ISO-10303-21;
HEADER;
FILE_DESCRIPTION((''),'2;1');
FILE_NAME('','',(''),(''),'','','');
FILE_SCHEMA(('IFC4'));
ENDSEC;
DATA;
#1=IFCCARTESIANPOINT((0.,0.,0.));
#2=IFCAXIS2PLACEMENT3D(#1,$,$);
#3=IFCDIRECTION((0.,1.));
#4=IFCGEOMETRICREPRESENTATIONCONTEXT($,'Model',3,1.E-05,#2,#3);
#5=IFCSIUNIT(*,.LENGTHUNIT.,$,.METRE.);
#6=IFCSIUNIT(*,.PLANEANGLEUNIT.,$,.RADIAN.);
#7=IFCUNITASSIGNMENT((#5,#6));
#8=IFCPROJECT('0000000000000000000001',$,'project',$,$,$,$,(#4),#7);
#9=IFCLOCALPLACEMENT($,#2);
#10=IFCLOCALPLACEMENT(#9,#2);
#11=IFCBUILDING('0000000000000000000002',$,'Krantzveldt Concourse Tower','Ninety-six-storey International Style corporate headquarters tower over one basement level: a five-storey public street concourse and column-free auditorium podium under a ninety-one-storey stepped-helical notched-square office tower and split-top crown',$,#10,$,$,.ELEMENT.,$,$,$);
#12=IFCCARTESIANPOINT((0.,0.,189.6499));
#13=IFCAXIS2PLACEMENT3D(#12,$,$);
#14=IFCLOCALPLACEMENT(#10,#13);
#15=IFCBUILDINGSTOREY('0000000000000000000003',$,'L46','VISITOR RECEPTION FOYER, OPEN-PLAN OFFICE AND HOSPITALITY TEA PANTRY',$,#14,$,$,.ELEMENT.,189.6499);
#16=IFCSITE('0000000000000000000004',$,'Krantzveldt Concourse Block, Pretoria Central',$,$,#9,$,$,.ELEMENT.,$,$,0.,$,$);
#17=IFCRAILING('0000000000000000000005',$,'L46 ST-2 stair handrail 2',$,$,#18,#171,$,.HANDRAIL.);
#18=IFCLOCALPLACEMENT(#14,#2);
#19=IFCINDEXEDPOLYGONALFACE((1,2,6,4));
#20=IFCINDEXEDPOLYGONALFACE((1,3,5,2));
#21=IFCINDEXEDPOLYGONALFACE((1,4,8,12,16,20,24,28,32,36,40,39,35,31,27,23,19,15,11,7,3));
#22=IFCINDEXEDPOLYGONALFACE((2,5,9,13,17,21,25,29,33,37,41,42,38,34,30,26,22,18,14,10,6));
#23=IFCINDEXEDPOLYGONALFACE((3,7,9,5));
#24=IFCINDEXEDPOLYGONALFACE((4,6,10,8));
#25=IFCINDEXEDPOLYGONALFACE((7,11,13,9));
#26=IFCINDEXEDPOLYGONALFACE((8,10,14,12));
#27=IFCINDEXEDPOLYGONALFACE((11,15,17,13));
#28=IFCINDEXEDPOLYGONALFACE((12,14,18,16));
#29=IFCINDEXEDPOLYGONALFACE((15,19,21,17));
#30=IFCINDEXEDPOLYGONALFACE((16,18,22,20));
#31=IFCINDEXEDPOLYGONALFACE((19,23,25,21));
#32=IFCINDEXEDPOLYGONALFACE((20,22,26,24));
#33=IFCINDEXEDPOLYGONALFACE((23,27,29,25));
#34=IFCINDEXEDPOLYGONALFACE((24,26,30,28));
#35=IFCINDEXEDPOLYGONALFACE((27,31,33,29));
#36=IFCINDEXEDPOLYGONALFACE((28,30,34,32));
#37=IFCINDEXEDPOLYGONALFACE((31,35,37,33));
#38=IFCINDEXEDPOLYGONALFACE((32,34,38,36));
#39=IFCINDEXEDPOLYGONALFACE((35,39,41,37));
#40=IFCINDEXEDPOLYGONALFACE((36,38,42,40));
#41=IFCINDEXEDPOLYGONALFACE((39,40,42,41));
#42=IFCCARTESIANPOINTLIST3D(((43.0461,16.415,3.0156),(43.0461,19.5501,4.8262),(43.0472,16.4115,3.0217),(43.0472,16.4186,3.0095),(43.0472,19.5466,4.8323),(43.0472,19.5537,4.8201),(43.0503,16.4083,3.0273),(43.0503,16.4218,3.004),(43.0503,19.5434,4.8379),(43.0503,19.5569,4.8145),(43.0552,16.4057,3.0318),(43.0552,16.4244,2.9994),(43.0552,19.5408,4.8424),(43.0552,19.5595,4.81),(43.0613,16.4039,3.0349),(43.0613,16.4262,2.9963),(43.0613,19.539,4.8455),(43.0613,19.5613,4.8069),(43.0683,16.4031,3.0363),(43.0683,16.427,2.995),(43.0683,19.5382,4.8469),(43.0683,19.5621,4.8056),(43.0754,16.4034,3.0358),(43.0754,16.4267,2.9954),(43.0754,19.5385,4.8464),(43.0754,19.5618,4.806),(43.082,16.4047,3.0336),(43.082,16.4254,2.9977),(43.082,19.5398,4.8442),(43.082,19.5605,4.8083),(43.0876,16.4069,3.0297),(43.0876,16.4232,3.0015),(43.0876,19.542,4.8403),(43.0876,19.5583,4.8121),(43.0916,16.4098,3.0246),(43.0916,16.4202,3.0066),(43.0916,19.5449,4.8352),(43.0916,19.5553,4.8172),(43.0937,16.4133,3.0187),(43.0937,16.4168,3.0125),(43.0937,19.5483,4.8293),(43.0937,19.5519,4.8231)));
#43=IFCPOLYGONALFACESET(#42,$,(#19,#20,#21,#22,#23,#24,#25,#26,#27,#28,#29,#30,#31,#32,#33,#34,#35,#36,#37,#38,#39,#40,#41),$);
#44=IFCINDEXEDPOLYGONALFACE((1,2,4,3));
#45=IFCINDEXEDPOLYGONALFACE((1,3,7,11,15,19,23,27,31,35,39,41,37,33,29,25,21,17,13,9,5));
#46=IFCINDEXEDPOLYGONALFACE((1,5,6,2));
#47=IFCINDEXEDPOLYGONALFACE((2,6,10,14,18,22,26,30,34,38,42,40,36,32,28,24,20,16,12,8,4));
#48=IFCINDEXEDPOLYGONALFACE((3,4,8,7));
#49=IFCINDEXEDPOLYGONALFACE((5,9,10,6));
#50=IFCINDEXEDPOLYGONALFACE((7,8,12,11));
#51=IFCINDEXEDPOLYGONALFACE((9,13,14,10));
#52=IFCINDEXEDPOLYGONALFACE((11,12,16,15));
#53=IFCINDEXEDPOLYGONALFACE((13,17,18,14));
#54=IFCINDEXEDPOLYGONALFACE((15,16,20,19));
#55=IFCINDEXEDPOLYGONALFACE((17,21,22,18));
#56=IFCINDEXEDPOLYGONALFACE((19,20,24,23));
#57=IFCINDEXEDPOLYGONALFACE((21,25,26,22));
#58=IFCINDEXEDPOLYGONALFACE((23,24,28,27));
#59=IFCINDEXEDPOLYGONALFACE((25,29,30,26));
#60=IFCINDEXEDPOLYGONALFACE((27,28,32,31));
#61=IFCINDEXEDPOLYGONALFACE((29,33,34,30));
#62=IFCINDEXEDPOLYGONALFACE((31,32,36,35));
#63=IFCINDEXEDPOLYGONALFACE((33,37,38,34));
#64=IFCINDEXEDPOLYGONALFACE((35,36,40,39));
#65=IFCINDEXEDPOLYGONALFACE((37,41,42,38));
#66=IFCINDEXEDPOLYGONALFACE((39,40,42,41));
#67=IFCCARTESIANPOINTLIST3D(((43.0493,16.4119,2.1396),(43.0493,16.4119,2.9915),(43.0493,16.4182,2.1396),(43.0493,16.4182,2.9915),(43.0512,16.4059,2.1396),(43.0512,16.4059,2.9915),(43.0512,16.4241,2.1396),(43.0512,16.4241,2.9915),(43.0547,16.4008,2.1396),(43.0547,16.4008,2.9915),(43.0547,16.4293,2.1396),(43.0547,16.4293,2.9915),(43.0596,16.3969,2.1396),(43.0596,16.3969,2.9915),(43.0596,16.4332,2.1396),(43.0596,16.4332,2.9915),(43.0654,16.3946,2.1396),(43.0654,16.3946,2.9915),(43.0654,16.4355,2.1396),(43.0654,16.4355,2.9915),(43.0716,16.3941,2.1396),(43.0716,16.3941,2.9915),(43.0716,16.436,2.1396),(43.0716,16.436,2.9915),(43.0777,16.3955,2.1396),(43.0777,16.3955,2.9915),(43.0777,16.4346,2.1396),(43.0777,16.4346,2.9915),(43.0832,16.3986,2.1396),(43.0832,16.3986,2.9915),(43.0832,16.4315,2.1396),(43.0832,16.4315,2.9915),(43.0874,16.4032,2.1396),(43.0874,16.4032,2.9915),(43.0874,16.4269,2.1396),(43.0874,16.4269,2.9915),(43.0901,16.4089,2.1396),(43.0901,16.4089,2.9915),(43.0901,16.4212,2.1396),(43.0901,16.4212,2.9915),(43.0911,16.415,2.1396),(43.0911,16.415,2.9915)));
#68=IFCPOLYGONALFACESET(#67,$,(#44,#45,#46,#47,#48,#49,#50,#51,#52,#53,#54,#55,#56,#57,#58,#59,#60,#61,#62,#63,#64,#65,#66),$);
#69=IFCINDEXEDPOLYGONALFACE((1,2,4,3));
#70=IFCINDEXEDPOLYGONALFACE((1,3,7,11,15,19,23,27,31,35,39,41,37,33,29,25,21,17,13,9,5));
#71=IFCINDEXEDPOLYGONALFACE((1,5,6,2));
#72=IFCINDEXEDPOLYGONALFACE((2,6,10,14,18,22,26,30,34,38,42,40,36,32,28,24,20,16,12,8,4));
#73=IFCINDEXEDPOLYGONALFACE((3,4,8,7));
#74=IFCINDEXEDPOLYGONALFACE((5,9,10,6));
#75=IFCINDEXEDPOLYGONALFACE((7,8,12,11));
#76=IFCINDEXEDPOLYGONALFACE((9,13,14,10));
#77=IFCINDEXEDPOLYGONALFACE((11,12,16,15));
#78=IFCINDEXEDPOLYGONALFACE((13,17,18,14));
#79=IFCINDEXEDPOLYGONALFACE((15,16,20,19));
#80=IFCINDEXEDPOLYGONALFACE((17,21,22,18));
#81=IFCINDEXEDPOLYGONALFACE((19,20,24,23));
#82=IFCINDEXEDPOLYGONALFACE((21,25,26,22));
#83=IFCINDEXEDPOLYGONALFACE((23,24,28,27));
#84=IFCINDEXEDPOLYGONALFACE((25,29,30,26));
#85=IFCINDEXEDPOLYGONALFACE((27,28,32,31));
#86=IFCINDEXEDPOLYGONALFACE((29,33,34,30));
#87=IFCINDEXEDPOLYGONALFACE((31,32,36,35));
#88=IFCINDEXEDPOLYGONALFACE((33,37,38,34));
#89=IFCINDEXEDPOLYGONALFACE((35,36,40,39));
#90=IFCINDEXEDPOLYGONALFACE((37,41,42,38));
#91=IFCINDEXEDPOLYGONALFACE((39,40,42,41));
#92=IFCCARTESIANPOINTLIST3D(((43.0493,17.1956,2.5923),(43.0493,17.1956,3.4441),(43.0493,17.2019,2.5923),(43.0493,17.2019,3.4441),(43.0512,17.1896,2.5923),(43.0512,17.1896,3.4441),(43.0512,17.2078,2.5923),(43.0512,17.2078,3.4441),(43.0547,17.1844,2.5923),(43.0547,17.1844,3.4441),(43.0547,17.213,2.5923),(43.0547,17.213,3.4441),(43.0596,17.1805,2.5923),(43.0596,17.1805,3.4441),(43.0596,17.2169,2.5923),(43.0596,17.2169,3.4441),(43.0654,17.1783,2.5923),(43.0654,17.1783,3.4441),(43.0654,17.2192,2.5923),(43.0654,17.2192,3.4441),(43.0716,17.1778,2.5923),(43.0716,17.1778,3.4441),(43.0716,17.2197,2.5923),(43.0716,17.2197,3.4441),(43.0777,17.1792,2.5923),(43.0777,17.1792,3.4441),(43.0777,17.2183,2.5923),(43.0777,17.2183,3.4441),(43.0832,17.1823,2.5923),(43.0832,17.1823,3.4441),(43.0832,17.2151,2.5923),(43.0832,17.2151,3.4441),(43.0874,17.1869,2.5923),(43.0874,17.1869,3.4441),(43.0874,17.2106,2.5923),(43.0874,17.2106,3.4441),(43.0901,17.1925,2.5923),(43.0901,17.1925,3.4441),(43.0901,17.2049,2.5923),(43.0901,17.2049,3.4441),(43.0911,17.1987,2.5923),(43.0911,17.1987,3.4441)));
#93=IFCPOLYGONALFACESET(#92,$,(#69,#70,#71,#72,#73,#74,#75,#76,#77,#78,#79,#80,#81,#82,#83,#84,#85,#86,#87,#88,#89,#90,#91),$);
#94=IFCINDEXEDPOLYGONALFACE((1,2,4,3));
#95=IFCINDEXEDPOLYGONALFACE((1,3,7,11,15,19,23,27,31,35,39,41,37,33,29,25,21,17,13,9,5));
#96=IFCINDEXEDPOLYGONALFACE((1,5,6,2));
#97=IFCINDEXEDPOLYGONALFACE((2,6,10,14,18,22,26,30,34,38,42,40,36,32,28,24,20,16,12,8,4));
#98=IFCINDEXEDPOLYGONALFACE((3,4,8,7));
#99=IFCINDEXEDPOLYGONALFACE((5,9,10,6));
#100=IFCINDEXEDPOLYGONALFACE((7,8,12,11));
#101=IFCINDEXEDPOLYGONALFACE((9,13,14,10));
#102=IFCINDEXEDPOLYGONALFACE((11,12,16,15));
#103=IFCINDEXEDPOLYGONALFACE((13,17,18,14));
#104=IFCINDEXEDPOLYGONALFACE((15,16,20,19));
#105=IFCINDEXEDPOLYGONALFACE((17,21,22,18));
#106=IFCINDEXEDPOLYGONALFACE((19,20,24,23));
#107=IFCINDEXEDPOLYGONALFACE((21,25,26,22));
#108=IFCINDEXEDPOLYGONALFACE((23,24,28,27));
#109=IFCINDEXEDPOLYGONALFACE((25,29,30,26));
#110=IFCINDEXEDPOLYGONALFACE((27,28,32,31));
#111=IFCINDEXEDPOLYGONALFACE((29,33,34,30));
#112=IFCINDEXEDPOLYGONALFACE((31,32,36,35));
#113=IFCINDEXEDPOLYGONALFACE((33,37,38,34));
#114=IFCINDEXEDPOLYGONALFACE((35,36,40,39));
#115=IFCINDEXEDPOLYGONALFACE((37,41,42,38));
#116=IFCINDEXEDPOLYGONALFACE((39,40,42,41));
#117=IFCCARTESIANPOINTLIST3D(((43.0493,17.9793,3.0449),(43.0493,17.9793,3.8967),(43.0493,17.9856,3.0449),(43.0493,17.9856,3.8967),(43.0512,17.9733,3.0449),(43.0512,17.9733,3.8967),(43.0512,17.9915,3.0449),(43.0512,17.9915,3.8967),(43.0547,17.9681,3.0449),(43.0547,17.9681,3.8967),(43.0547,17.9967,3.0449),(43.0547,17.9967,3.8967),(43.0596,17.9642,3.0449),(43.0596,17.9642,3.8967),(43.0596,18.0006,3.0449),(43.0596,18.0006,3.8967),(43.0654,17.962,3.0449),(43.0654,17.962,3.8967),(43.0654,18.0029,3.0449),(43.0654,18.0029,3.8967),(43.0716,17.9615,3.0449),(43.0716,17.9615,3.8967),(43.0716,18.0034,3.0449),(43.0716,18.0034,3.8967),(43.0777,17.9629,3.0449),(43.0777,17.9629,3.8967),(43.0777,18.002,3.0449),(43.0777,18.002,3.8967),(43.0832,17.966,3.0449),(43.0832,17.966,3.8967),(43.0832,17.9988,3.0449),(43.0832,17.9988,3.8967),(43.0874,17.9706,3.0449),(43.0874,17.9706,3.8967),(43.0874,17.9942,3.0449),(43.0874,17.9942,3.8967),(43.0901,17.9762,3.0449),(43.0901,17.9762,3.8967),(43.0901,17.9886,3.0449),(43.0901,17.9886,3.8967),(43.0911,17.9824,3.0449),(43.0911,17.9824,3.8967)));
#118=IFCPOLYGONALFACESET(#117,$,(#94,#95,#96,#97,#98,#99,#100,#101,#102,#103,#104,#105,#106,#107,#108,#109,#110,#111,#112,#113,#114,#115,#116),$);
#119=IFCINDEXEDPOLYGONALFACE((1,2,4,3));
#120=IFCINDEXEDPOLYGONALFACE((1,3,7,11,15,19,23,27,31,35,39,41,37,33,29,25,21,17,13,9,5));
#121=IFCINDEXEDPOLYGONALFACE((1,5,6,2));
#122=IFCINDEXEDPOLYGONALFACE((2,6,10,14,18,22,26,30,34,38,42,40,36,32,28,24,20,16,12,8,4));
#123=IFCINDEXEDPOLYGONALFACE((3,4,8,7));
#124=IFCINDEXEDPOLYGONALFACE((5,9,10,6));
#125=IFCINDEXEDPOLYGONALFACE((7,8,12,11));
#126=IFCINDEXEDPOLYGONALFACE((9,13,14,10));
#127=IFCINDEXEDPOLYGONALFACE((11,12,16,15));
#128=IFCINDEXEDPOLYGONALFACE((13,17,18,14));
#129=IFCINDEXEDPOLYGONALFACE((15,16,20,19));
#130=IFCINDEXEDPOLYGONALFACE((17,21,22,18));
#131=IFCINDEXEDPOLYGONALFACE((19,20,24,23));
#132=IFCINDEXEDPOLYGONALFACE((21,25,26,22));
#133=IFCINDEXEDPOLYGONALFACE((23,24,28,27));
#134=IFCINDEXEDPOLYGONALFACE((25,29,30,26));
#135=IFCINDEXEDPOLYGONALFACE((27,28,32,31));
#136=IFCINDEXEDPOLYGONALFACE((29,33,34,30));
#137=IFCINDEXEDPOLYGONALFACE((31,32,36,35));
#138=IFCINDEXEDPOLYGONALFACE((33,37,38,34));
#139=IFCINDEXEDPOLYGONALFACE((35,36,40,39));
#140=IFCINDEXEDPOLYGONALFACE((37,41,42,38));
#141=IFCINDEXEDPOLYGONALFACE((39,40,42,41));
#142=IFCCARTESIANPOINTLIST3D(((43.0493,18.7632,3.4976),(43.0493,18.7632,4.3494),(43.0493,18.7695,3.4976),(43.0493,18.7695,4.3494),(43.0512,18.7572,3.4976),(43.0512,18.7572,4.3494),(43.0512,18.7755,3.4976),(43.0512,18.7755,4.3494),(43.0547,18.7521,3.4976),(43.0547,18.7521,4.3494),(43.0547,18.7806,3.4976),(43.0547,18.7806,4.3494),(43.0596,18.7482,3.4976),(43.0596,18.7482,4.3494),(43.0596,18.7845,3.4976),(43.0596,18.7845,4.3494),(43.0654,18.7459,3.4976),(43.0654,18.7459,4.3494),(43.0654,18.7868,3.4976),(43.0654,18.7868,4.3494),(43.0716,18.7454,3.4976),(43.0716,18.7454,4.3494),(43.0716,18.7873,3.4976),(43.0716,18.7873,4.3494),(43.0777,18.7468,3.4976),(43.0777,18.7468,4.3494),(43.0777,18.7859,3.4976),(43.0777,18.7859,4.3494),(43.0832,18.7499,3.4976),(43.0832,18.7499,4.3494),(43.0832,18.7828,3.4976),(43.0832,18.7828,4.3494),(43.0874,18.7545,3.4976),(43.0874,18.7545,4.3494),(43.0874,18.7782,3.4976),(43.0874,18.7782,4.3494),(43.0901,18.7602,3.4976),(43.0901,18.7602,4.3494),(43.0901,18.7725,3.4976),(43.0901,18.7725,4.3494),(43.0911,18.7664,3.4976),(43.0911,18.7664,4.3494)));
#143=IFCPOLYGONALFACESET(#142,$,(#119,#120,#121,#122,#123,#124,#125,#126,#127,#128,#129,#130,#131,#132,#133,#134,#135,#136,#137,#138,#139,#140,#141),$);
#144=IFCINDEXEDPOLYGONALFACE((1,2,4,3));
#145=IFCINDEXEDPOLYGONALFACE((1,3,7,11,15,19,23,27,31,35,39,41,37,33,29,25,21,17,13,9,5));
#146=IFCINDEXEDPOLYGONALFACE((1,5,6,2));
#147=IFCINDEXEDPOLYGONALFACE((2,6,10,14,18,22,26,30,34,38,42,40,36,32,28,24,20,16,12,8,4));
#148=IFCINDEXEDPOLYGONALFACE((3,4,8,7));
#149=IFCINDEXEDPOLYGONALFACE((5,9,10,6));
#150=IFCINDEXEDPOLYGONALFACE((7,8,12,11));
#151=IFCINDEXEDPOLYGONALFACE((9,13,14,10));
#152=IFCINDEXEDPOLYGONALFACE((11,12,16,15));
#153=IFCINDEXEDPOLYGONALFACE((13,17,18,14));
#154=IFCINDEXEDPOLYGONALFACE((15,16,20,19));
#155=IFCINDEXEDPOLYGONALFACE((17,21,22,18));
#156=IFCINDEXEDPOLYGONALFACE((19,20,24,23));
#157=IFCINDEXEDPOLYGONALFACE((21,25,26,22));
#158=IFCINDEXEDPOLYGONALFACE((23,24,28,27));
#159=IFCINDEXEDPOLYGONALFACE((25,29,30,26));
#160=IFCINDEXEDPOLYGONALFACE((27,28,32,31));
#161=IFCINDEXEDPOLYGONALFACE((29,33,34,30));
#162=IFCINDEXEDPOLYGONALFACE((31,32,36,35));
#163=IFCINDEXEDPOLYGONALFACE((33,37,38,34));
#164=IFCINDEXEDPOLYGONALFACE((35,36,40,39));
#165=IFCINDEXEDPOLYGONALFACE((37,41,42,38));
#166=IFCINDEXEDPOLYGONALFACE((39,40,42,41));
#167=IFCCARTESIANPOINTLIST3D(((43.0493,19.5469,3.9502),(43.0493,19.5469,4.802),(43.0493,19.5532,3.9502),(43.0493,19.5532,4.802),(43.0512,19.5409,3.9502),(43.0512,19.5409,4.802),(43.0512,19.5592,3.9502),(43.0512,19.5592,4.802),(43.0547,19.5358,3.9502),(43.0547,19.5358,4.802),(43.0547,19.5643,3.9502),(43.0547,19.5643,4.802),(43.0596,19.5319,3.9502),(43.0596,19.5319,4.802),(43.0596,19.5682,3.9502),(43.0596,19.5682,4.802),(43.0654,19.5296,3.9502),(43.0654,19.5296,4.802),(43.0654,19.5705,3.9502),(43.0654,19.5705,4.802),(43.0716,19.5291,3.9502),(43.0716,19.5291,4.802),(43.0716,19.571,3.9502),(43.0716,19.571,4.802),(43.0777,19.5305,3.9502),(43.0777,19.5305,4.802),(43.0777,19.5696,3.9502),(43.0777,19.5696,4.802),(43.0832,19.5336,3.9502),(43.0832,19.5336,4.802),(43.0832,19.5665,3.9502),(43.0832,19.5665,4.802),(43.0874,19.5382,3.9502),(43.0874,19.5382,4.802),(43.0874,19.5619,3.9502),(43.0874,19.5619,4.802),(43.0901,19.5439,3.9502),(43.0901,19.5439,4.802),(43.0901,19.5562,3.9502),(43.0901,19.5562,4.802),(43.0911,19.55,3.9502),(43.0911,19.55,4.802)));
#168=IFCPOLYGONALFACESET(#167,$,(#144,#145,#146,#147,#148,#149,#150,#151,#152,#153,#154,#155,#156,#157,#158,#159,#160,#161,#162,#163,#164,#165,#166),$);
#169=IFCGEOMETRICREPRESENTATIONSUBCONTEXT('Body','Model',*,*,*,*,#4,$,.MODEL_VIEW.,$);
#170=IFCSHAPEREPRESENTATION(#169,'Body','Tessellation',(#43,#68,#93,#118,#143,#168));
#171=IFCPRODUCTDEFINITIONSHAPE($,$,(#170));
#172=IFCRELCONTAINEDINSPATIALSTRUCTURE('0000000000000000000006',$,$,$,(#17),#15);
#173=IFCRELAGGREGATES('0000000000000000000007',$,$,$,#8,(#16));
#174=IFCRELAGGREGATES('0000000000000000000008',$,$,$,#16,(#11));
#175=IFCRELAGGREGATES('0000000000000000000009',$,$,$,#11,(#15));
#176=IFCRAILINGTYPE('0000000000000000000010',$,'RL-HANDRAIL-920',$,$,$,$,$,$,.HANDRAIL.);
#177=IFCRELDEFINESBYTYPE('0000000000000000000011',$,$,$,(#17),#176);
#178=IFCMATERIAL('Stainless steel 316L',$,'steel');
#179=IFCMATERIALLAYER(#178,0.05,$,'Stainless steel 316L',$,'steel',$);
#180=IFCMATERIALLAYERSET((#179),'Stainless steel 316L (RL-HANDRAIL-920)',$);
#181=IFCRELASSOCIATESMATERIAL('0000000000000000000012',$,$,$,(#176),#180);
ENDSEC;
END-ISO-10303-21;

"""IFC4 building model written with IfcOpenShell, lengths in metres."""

from ifc_helpers import new_model, si_unit, direction, frame, origin, origin_2d, place, context, subcontext, project, spatial, circle, extrude, material, layer, layer_set, type_object, element, save


model = new_model("IFC4")

# Units and contexts
model_context = context("Model", 3, precision=1e-05, world=origin(), true_north=direction((0.0, 1.0)))
body_context = subcontext(model_context, "Body", "Model", "MODEL_VIEW")
ifc_project = project(units=[si_unit("LENGTHUNIT", "METRE"), si_unit("PLANEANGLEUNIT", "RADIAN")], contexts=[model_context])

# Site, building, storey
site_placement = place(None, origin())
site = spatial("IfcSite", under=ifc_project, at=site_placement, Name="Krantzveldt Concourse Block, Pretoria Central", CompositionType="ELEMENT", RefElevation=0.0)
building_placement = place(site_placement, origin())
building = spatial("IfcBuilding", under=site, at=building_placement, Name="Krantzveldt Concourse Tower", Description="Ninety-six-storey International Style corporate headquarters tower over one basement level: a five-storey public street concourse and column-free auditorium podium under a ninety-one-storey stepped-helical notched-square office tower and split-top crown", CompositionType="ELEMENT")
storey_placement = place(building_placement, frame((0.0, 0.0, 189.6499)))
storey = spatial("IfcBuildingStorey", under=building, at=storey_placement, Name="L46", Description="VISITOR RECEPTION FOYER, OPEN-PLAN OFFICE AND HOSPITALITY TEA PANTRY", CompositionType="ELEMENT", Elevation=189.6499)

# Shared definitions
ifc_material_1 = material(Name="Stainless steel 316L", Category="steel")

# Railing
ifc_layer_1 = layer(ifc_material_1, 0.05, Name="Stainless steel 316L", Category="steel")
ifc_layer_set_1 = layer_set([ifc_layer_1], Name="Stainless steel 316L (RL-HANDRAIL-920)")
railing_type_1 = type_object("IfcRailingType", Name="RL-HANDRAIL-920", PredefinedType="HANDRAIL", material=ifc_layer_set_1)
railing_1_placement = place(storey_placement, frame((43.0701, 16.415, 2.1396)))
element("IfcRailing", 1, at=railing_1_placement, inside=storey, type_object=railing_type_1, Name="L46 ST-2 stair handrail 2", PredefinedType="HANDRAIL", context=body_context, shape_type="SweptSolid", body=[
    extrude(circle(Radius=0.0239, at=origin_2d()), frame((0.0, 0.0, 0.876), z_axis=(0.0, 0.86596, 0.500114), x_axis=(-1.0, 0.0, 0.0)), (0.0, 0.0, 1.0), 3.6204),
    extrude(circle(Radius=0.021, at=origin_2d()), origin(), (0.0, 0.0, 1.0), 0.8518),
    extrude(circle(Radius=0.021, at=origin_2d()), frame((0.0, 0.7837, 0.4526)), (0.0, 0.0, 1.0), 0.8518),
    extrude(circle(Radius=0.021, at=origin_2d()), frame((0.0, 1.5674, 0.9053)), (0.0, 0.0, 1.0), 0.8518),
    extrude(circle(Radius=0.021, at=origin_2d()), frame((0.0, 2.3513, 1.3579)), (0.0, 0.0, 1.0), 0.8518),
    extrude(circle(Radius=0.021, at=origin_2d()), frame((0.0, 3.135, 1.8105)), (0.0, 0.0, 1.0), 0.8518),
])

save(model, "model.ifc")
